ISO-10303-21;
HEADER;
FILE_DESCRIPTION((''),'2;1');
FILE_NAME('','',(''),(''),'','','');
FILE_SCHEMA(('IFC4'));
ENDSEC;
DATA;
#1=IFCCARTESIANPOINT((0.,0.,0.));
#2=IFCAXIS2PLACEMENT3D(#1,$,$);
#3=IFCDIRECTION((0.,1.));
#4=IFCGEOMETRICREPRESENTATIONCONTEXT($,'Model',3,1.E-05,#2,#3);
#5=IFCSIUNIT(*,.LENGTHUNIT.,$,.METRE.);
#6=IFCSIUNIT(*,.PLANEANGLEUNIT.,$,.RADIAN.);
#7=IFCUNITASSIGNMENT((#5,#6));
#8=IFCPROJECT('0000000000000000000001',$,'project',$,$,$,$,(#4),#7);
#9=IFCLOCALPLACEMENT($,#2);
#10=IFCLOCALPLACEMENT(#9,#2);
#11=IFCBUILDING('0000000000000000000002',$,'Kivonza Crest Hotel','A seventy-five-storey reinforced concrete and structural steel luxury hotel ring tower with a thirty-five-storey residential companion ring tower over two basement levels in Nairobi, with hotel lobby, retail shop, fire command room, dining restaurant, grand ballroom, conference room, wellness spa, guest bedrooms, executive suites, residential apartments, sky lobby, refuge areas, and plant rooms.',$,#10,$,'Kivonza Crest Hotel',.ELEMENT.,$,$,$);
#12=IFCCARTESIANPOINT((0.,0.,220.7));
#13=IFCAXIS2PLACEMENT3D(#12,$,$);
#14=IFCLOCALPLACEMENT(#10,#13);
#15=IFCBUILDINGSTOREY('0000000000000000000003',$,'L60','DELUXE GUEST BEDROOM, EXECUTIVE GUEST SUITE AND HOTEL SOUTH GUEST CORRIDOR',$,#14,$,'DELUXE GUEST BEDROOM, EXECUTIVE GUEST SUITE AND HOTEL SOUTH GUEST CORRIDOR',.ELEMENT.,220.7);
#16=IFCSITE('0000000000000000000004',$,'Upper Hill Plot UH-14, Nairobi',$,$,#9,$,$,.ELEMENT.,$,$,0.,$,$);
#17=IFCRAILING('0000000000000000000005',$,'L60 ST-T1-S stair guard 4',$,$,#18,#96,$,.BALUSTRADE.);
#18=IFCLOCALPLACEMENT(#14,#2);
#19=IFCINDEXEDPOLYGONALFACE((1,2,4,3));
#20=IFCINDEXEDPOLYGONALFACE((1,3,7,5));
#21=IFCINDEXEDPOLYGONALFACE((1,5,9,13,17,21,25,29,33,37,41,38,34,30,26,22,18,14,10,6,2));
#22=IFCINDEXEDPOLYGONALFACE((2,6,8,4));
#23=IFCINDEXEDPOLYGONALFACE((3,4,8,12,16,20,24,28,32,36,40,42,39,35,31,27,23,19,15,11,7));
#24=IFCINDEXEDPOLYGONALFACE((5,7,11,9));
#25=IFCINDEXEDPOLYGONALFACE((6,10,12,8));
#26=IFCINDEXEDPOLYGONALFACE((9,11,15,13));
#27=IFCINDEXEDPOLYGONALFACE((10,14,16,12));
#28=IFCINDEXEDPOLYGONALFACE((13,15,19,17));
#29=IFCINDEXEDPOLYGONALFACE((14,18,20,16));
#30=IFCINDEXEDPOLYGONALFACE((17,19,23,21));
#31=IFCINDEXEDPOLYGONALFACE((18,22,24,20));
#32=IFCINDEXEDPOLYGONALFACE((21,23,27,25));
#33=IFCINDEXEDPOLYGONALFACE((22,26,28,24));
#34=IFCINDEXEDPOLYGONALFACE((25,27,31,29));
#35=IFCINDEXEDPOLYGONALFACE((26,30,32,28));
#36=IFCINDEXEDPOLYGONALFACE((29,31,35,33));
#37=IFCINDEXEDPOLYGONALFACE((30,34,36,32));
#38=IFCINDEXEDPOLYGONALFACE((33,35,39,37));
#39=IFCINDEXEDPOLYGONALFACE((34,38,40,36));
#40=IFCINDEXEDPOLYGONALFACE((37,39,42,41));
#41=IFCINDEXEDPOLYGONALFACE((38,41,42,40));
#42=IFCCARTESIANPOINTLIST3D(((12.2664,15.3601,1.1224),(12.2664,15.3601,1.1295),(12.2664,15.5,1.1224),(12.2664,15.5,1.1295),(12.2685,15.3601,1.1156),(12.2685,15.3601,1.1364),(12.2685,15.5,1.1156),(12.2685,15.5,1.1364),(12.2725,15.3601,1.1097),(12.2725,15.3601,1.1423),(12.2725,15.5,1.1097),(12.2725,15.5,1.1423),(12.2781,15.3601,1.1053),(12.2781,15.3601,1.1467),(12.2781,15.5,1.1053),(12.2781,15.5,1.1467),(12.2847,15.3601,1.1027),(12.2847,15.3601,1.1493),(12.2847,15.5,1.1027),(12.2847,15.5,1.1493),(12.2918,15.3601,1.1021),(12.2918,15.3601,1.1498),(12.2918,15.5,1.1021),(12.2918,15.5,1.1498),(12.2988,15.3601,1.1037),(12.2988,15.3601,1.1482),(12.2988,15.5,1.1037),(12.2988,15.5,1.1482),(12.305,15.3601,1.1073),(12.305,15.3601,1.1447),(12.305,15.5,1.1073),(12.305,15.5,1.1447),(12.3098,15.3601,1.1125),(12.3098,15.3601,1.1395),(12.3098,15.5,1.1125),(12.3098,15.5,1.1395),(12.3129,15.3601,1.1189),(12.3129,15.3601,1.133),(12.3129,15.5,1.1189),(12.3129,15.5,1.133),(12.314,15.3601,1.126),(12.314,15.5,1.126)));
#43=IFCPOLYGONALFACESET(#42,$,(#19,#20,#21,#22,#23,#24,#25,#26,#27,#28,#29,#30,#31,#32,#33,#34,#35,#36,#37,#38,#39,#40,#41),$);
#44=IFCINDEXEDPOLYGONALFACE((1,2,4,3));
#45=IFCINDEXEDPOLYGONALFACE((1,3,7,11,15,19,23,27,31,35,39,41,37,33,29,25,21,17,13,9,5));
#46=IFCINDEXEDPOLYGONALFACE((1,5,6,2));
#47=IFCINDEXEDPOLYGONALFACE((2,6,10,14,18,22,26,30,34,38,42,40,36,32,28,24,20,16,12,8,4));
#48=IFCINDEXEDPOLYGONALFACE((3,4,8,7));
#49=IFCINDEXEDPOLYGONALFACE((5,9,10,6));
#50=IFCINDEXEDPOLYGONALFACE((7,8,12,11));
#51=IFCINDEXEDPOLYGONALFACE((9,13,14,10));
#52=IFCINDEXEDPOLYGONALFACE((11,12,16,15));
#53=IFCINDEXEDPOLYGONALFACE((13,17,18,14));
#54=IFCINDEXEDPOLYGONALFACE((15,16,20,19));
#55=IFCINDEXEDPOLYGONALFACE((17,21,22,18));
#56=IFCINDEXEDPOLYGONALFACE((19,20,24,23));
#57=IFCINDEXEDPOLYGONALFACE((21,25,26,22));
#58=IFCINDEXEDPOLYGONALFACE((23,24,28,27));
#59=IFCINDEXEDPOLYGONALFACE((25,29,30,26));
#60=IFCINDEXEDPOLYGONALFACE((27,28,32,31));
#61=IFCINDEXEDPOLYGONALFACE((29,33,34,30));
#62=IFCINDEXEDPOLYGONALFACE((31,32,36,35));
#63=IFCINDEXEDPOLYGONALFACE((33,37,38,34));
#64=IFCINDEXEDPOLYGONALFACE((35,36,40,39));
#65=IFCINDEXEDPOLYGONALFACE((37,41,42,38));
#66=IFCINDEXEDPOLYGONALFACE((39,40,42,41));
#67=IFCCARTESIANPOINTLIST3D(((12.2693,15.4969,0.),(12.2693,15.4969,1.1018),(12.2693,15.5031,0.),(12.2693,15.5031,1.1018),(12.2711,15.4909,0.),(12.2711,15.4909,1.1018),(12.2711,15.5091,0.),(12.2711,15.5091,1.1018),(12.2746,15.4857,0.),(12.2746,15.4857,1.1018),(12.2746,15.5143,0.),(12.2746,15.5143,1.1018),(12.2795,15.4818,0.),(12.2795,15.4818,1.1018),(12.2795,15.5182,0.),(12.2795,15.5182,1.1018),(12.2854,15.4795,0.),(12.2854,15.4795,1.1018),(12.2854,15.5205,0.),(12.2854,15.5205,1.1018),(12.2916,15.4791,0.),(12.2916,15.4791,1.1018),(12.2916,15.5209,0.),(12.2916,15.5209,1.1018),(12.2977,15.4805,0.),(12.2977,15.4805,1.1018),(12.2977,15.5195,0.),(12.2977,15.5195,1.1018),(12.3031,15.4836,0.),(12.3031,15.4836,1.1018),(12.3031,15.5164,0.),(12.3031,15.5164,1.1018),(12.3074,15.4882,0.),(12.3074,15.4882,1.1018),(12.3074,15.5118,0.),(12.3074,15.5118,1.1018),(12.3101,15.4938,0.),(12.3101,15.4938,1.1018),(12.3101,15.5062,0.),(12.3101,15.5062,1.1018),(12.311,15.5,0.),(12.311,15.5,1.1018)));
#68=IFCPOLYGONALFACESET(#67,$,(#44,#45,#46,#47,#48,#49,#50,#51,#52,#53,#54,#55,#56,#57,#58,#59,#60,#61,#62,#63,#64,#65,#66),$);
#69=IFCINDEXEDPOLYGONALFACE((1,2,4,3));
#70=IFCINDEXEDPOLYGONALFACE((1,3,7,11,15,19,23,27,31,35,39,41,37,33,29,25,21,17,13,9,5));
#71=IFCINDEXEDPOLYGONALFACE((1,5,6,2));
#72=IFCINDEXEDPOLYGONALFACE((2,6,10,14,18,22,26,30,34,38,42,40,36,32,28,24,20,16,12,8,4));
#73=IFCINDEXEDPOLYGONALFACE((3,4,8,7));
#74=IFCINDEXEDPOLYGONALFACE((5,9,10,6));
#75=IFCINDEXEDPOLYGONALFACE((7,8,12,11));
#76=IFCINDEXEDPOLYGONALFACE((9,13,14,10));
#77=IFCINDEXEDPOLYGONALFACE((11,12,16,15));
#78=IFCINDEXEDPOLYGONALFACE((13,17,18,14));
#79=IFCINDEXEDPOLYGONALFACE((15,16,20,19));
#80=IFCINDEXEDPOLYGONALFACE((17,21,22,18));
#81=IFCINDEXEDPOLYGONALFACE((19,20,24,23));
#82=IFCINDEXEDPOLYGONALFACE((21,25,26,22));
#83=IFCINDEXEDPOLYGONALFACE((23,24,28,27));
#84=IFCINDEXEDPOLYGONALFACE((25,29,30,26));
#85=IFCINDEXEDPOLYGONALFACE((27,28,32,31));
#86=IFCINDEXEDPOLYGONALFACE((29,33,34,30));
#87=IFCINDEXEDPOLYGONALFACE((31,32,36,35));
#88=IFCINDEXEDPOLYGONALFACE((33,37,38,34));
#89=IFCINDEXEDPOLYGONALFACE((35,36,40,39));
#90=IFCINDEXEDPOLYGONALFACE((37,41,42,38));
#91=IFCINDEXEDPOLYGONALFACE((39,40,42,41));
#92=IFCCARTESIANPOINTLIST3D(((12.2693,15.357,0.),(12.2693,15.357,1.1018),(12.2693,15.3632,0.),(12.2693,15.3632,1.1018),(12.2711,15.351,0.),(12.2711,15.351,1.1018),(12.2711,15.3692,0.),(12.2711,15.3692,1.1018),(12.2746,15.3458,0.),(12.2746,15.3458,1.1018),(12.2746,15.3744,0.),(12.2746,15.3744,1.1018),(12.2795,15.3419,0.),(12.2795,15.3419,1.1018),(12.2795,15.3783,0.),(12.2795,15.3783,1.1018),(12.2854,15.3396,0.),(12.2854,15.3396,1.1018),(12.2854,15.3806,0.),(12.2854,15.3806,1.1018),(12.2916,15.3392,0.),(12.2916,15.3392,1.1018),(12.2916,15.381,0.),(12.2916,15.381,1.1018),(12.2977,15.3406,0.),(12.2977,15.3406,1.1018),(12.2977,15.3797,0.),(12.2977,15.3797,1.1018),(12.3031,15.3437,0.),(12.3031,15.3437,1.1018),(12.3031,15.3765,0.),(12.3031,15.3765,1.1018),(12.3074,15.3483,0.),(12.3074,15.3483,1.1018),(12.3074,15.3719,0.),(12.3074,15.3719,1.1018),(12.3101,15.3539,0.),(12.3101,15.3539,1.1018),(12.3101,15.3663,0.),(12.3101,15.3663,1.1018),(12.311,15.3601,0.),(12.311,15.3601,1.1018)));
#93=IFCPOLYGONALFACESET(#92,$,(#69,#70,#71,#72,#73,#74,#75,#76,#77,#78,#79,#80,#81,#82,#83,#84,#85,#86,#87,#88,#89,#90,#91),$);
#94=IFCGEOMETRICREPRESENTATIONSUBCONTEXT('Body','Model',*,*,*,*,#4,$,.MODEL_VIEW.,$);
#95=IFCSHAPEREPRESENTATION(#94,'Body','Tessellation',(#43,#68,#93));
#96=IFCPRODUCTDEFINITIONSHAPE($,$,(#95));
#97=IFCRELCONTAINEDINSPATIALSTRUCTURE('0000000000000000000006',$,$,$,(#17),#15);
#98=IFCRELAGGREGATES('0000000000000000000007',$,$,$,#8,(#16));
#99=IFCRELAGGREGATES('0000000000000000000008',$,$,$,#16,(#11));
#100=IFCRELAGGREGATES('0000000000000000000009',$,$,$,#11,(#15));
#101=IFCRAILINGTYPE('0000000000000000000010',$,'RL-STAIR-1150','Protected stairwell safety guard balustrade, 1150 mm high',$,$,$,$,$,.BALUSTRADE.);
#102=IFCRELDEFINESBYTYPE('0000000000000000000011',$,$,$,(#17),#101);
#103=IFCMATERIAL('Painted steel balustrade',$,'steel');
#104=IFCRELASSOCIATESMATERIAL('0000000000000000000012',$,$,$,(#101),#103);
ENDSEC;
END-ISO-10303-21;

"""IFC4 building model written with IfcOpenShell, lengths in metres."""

from ifc_helpers import new_model, si_unit, direction, frame, origin, origin_2d, place, context, subcontext, project, spatial, circle, extrude, material, type_object, element, save


model = new_model("IFC4")

# Units and contexts
model_context = context("Model", 3, precision=1e-05, world=origin(), true_north=direction((0.0, 1.0)))
body_context = subcontext(model_context, "Body", "Model", "MODEL_VIEW")
ifc_project = project(units=[si_unit("LENGTHUNIT", "METRE"), si_unit("PLANEANGLEUNIT", "RADIAN")], contexts=[model_context])

# Site, building, storey
site_placement = place(None, origin())
site = spatial("IfcSite", under=ifc_project, at=site_placement, Name="Upper Hill Plot UH-14, Nairobi", CompositionType="ELEMENT", RefElevation=0.0)
building_placement = place(site_placement, origin())
building = spatial("IfcBuilding", under=site, at=building_placement, Name="Kivonza Crest Hotel", Description="A seventy-five-storey reinforced concrete and structural steel luxury hotel ring tower with a thirty-five-storey residential companion ring tower over two basement levels in Nairobi, with hotel lobby, retail shop, fire command room, dining restaurant, grand ballroom, conference room, wellness spa, guest bedrooms, executive suites, residential apartments, sky lobby, refuge areas, and plant rooms.", LongName="Kivonza Crest Hotel", CompositionType="ELEMENT")
storey_placement = place(building_placement, frame((0.0, 0.0, 220.7)))
storey = spatial("IfcBuildingStorey", under=building, at=storey_placement, Name="L60", Description="DELUXE GUEST BEDROOM, EXECUTIVE GUEST SUITE AND HOTEL SOUTH GUEST CORRIDOR", LongName="DELUXE GUEST BEDROOM, EXECUTIVE GUEST SUITE AND HOTEL SOUTH GUEST CORRIDOR", CompositionType="ELEMENT", Elevation=220.7)

# Railing
ifc_material_1 = material(Name="Painted steel balustrade", Category="steel")
railing_type_1 = type_object("IfcRailingType", Name="RL-STAIR-1150", Description="Protected stairwell safety guard balustrade, 1150 mm high", PredefinedType="BALUSTRADE", material=ifc_material_1)
railing_1_placement = place(storey_placement, frame((12.29, 15.5, 0.0)))
element("IfcRailing", 1, at=railing_1_placement, inside=storey, type_object=railing_type_1, Name="L60 ST-T1-S stair guard 4", PredefinedType="BALUSTRADE", context=body_context, shape_type="SweptSolid", body=[
    extrude(circle(Radius=0.0239, at=origin_2d()), frame((0.0, 0.0, 1.126), z_axis=(0.0, -1.0, 0.0), x_axis=(1.0, 0.0, 0.0)), (0.0, 0.0, 1.0), 0.1399),
    extrude(circle(Radius=0.021, at=origin_2d()), origin(), (0.0, 0.0, 1.0), 1.1018),
    extrude(circle(Radius=0.021, at=origin_2d()), frame((0.0, -0.1399, 0.0)), (0.0, 0.0, 1.0), 1.1018),
])

save(model, "model.ifc")
